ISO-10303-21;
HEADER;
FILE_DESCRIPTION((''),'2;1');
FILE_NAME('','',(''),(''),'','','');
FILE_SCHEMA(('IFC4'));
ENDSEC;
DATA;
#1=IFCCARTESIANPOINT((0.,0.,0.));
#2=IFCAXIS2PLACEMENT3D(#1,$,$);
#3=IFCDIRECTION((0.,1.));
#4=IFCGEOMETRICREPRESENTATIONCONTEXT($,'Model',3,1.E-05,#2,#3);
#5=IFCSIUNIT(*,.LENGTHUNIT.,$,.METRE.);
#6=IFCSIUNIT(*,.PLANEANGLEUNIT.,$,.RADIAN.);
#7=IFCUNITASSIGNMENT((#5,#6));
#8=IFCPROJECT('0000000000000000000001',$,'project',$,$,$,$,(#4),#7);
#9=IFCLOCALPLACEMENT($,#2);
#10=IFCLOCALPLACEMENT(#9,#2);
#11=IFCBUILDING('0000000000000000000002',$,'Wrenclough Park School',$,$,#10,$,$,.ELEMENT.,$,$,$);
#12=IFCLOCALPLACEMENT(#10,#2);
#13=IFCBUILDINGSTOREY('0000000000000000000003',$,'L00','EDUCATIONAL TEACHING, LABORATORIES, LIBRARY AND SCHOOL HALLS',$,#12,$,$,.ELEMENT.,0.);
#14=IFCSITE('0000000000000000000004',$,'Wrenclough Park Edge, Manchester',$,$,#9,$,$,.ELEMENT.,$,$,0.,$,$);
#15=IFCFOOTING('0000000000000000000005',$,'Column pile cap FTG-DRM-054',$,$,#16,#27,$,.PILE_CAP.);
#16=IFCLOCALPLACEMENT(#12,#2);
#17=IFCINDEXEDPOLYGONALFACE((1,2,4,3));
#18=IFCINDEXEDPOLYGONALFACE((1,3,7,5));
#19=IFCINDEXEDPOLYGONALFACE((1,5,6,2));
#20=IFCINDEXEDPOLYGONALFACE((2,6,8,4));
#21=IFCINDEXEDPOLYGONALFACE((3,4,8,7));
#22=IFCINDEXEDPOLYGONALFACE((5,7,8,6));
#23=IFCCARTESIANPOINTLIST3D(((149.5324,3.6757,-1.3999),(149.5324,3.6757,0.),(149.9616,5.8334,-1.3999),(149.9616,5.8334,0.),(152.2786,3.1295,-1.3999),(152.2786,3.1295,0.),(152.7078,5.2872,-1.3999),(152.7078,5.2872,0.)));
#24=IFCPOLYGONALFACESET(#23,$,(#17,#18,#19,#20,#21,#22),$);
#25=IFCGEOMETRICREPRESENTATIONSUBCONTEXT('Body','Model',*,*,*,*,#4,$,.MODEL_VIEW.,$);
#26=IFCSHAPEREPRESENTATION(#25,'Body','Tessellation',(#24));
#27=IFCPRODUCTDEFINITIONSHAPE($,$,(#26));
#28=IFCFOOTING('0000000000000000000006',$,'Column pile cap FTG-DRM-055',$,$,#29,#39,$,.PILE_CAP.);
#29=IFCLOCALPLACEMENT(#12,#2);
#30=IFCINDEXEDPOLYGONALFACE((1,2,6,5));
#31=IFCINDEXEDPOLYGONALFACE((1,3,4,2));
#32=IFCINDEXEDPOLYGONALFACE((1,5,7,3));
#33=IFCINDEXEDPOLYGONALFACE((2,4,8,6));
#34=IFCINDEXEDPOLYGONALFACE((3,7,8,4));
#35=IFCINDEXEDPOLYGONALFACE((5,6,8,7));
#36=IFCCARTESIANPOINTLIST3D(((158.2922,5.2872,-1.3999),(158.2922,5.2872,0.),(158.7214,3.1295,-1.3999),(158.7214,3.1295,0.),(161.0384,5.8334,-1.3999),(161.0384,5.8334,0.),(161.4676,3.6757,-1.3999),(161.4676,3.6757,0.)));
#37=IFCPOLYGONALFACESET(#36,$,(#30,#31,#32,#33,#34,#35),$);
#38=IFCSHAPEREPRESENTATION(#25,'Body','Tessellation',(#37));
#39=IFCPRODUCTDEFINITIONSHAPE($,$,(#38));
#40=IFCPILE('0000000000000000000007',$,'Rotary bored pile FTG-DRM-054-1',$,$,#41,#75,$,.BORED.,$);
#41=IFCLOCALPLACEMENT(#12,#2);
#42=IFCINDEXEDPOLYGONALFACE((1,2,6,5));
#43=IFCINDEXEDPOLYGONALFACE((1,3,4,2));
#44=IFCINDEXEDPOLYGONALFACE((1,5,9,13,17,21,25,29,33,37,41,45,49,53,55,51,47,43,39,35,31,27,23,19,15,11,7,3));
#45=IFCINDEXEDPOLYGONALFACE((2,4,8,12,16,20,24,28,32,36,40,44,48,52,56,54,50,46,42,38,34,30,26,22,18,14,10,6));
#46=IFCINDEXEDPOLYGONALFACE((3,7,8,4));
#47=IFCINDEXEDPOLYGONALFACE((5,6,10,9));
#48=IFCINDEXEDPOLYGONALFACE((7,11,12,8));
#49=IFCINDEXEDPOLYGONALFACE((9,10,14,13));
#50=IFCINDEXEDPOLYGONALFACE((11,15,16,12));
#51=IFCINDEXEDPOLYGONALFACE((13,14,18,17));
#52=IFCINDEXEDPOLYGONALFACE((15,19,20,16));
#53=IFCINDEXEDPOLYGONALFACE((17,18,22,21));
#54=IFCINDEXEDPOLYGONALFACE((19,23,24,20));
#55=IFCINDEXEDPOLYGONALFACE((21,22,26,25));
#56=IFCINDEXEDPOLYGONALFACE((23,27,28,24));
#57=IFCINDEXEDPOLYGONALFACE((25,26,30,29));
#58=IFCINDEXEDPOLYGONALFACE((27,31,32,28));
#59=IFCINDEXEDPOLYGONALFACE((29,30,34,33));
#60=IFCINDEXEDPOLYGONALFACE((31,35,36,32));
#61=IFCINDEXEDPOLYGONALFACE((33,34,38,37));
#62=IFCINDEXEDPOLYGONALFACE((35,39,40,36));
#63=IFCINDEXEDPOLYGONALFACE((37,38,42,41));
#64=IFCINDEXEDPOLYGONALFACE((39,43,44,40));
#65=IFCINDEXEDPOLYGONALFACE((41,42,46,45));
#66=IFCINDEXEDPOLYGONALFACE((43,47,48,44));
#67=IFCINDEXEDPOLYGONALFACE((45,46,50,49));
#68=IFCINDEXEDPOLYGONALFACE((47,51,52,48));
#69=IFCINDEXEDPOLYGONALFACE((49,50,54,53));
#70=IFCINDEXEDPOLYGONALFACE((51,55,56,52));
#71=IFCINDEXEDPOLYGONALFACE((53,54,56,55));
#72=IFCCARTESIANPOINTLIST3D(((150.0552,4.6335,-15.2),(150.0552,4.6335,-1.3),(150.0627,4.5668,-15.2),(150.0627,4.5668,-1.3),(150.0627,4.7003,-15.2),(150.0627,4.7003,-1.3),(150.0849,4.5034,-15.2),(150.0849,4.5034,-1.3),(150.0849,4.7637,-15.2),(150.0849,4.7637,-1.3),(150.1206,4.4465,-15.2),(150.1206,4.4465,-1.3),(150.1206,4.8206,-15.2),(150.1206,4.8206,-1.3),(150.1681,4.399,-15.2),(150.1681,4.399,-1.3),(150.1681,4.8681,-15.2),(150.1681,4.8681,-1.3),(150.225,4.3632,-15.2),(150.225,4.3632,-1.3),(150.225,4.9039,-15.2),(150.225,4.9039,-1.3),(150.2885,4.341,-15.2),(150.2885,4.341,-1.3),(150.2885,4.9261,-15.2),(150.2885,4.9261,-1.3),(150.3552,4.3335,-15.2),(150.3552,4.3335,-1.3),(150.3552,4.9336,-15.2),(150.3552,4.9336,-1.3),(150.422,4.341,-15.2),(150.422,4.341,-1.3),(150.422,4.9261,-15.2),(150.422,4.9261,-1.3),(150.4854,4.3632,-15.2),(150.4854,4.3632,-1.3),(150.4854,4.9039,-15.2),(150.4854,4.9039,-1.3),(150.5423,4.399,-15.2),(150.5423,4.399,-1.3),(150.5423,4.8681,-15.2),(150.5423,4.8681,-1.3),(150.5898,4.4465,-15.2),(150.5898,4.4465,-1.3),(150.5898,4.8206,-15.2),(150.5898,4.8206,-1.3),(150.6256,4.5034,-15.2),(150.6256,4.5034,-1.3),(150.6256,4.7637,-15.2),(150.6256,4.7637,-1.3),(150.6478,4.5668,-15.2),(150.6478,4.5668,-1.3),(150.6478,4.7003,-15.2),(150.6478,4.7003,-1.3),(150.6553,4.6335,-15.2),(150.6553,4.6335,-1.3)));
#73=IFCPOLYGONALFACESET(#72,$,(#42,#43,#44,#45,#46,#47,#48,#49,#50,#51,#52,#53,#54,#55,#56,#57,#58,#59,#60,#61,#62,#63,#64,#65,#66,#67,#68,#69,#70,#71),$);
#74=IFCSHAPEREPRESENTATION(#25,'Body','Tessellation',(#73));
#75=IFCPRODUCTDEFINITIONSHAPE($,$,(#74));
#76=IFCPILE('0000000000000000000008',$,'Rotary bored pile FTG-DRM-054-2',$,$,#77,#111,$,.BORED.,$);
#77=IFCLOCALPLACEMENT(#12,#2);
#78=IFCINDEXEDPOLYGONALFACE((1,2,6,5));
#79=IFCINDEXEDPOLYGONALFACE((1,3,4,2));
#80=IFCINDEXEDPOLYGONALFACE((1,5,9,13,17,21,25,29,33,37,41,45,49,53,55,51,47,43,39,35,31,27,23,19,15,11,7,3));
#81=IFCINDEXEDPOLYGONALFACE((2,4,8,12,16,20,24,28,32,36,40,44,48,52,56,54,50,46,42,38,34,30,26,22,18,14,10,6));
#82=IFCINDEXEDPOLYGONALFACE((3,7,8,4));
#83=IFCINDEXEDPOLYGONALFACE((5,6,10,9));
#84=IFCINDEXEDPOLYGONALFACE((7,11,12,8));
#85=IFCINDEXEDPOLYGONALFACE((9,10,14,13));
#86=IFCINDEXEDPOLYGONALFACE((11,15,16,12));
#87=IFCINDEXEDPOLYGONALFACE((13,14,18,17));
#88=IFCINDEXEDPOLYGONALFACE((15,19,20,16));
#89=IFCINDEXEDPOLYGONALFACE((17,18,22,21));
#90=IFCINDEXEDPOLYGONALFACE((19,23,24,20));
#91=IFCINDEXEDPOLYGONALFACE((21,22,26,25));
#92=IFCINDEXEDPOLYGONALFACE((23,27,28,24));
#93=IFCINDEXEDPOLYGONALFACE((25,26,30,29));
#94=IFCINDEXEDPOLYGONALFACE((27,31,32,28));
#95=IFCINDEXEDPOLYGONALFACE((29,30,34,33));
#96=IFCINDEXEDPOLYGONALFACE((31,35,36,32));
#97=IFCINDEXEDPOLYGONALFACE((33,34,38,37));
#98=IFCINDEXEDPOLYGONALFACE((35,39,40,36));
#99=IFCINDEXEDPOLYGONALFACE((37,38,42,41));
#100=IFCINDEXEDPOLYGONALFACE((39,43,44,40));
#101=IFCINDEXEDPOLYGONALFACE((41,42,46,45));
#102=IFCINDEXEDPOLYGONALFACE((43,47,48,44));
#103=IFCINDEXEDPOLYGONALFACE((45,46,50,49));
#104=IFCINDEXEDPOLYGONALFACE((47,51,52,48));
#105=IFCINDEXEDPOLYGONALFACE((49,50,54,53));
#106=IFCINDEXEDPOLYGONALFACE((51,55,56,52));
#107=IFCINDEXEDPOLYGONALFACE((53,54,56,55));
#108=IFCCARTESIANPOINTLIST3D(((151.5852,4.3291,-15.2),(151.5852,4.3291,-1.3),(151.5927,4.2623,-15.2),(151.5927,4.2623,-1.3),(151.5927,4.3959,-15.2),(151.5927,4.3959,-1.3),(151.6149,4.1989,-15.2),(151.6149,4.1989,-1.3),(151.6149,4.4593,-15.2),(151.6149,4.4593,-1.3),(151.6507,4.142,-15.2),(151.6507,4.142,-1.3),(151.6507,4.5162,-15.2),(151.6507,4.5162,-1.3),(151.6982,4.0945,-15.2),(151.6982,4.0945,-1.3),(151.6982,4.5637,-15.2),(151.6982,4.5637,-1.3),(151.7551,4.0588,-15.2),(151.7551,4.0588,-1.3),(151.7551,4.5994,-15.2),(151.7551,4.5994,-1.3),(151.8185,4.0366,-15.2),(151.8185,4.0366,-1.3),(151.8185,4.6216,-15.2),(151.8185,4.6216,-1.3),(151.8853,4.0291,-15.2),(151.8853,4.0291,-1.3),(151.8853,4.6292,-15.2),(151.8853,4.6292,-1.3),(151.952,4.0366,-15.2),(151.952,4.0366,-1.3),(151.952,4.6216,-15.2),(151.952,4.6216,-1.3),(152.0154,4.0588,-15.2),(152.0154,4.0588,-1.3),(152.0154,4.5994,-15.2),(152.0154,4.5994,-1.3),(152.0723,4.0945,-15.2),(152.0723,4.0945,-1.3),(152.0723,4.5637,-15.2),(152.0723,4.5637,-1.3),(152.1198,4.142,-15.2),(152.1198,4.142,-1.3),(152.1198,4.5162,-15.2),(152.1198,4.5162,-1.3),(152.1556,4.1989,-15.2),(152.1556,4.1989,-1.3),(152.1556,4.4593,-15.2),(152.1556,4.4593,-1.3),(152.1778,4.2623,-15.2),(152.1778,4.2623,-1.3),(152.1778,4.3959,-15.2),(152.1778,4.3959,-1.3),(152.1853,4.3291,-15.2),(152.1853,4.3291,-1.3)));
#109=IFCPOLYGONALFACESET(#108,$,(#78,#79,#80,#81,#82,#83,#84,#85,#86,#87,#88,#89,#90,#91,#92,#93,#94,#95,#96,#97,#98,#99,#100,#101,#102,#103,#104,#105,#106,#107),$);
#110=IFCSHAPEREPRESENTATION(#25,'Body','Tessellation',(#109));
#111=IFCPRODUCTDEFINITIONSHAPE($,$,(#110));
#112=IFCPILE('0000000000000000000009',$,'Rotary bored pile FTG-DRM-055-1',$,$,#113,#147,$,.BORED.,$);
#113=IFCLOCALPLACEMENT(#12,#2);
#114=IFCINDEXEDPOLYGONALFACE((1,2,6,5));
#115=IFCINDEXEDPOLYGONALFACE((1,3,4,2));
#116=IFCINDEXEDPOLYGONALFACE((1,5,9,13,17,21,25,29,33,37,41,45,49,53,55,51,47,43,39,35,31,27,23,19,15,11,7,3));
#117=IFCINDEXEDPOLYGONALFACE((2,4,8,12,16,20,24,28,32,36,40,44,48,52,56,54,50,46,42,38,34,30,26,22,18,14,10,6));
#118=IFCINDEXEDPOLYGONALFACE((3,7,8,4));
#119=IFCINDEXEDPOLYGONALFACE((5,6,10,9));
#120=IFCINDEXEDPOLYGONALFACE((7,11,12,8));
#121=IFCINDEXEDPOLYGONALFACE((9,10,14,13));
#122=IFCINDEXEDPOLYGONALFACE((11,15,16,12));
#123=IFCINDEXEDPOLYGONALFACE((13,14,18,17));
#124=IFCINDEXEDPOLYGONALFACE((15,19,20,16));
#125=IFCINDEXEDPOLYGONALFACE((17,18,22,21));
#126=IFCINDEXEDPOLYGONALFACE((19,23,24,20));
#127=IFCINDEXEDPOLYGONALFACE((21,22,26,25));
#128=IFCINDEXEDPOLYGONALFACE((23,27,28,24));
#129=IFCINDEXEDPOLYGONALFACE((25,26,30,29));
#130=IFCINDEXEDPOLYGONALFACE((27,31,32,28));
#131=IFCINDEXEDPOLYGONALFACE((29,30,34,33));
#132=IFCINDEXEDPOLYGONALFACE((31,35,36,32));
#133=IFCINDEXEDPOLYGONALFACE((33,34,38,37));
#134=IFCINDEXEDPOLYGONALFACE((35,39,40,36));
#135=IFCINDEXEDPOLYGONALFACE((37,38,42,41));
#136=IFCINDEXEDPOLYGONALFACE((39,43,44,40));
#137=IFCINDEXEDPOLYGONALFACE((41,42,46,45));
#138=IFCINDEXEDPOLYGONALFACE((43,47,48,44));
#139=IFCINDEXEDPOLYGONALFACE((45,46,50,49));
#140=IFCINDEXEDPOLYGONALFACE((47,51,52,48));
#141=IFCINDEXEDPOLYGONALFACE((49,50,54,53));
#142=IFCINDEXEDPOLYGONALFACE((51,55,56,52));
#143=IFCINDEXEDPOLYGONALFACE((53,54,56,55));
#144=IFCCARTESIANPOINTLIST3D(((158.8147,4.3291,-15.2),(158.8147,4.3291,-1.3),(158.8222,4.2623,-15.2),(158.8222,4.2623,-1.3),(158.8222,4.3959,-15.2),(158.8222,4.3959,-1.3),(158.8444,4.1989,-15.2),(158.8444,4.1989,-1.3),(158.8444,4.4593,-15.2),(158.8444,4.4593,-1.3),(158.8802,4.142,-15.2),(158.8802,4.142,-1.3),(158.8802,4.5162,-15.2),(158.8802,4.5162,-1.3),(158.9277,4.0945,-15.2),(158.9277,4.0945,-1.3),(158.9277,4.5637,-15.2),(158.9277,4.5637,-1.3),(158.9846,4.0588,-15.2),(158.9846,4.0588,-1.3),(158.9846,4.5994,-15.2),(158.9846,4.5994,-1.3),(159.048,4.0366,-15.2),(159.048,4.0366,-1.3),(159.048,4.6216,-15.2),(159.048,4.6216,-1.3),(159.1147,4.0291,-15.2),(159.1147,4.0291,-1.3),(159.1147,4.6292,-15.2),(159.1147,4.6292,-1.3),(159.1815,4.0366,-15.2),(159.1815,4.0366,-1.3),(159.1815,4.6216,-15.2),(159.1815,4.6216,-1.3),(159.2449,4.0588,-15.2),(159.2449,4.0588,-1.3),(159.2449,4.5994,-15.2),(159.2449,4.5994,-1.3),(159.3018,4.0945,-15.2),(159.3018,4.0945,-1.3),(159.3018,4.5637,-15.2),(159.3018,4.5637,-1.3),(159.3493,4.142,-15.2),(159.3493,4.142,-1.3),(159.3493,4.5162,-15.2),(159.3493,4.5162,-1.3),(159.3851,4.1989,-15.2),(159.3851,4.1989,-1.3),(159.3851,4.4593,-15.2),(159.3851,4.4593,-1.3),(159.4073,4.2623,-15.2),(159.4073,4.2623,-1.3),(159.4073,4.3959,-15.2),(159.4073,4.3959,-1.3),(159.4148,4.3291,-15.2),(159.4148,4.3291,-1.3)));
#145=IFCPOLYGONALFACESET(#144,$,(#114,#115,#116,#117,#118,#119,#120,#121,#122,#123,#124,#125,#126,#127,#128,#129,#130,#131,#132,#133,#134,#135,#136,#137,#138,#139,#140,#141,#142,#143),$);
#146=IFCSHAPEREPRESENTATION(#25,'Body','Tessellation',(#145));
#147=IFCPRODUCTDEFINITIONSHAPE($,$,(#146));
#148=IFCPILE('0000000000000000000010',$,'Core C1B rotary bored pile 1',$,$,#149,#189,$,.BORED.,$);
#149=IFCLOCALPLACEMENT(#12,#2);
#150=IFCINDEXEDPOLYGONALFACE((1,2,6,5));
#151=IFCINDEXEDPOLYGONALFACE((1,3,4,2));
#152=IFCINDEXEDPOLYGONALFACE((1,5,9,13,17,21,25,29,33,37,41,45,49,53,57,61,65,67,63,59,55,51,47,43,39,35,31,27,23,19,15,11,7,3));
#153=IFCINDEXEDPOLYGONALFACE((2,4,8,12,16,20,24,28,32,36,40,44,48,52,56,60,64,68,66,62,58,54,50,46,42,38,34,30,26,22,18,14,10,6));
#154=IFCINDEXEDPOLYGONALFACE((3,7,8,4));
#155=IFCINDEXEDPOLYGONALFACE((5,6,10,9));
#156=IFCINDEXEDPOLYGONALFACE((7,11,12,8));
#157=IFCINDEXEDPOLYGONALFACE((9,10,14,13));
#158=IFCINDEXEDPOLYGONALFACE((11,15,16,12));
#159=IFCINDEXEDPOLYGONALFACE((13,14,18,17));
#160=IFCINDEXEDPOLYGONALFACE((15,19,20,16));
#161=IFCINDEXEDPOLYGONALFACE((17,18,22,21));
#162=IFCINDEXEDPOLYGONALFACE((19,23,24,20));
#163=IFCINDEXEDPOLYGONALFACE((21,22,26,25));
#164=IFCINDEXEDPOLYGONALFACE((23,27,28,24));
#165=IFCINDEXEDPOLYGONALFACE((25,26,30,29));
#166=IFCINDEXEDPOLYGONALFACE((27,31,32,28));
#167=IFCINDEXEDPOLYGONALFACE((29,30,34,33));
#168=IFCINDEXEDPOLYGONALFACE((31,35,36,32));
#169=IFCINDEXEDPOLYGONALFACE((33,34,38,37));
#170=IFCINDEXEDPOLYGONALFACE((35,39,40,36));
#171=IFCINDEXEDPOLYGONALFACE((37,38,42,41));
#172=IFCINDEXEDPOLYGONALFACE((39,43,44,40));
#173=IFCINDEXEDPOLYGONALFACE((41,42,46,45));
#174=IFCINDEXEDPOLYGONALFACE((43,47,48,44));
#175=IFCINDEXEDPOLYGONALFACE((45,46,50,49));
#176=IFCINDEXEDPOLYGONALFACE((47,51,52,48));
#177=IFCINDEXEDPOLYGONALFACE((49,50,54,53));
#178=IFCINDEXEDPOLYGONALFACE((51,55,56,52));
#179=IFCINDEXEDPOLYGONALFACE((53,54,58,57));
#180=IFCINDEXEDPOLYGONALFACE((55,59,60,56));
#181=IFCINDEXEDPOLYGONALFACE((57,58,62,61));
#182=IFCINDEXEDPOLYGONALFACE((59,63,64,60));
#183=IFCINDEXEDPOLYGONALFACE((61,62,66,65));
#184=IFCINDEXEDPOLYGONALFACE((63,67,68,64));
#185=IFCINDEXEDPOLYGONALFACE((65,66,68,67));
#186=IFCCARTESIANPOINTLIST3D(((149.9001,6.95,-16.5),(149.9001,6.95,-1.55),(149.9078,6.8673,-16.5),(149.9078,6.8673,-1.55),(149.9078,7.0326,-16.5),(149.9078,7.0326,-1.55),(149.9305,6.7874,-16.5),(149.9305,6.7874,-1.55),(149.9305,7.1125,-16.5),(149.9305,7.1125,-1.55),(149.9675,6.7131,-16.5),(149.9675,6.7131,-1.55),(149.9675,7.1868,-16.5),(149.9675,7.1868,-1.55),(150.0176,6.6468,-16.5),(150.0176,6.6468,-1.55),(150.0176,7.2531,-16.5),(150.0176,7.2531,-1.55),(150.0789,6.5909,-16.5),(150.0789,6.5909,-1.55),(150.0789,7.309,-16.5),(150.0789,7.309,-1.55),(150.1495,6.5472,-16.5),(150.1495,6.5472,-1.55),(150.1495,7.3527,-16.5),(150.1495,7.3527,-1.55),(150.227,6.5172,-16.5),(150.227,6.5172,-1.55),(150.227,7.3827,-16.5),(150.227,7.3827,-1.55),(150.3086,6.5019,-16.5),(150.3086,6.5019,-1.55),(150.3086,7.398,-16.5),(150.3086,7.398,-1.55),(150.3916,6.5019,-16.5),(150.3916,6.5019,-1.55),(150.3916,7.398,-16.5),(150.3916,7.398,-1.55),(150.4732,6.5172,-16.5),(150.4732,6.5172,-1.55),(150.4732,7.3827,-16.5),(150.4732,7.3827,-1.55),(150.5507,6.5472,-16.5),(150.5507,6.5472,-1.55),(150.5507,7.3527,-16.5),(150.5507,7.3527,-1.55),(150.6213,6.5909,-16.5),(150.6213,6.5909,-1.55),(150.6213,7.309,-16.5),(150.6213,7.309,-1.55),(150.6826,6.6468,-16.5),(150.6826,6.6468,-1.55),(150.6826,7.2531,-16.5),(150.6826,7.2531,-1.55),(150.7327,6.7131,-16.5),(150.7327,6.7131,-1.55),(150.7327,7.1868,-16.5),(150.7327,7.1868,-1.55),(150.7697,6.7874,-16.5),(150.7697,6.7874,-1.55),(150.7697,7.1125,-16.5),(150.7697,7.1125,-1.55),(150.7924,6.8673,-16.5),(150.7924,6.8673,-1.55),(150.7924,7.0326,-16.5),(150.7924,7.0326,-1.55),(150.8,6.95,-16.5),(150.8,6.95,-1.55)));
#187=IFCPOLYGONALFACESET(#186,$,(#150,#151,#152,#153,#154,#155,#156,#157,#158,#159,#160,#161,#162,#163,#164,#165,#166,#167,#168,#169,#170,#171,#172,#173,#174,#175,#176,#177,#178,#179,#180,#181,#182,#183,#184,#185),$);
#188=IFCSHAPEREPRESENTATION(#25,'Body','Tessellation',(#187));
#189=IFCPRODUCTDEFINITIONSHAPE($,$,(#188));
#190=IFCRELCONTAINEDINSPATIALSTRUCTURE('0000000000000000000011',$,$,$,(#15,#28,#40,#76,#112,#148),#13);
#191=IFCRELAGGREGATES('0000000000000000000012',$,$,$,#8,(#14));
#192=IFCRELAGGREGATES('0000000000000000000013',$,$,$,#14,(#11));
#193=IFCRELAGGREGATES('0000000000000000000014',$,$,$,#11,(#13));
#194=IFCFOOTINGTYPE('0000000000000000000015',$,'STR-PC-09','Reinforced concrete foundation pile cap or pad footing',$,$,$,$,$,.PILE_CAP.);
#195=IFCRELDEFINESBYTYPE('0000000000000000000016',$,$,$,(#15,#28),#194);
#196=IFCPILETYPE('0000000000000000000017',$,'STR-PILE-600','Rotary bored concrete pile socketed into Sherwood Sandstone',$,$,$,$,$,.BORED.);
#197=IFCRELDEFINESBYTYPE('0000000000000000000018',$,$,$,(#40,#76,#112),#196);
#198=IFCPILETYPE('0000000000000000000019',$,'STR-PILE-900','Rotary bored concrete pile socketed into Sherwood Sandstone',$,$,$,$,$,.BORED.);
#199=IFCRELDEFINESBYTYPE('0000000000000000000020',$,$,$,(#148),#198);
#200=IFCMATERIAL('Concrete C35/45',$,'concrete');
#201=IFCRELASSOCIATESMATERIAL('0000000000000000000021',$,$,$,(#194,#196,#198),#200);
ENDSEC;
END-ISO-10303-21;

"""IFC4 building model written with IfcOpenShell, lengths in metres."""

from ifc_helpers import new_model, si_unit, direction, frame, origin, origin_2d, place, context, subcontext, project, spatial, rectangle, circle, extrude, material, material_profile, profile_set, type_object, element, save


model = new_model("IFC4")

# Units and contexts
model_context = context("Model", 3, precision=1e-05, world=origin(), true_north=direction((0.0, 1.0)))
body_context = subcontext(model_context, "Body", "Model", "MODEL_VIEW")
ifc_project = project(units=[si_unit("LENGTHUNIT", "METRE"), si_unit("PLANEANGLEUNIT", "RADIAN")], contexts=[model_context])

# Site, building, storey
site_placement = place(None, origin())
site = spatial("IfcSite", under=ifc_project, at=site_placement, Name="Wrenclough Park Edge, Manchester", CompositionType="ELEMENT", RefElevation=0.0)
building_placement = place(site_placement, origin())
building = spatial("IfcBuilding", under=site, at=building_placement, Name="Wrenclough Park School", CompositionType="ELEMENT")
storey_placement = place(building_placement, origin())
storey = spatial("IfcBuildingStorey", under=building, at=storey_placement, Name="L00", Description="EDUCATIONAL TEACHING, LABORATORIES, LIBRARY AND SCHOOL HALLS", CompositionType="ELEMENT", Elevation=0.0)

# Footings
ifc_material_1 = material(Name="Concrete C35/45", Category="concrete")
footing_type = type_object("IfcFootingType", Name="STR-PC-09", Description="Reinforced concrete foundation pile cap or pad footing", PredefinedType="PILE_CAP", material=ifc_material_1)
for number, where, z_axis, x_axis, name in (
    (1, (151.1201, 4.4814, -1.3999), (0.0, 0.0, 1.0), (0.980785, -0.19509, 0.0), "Column pile cap FTG-DRM-054"),
    (2, (159.8799, 4.4814, -1.3999), (0.0, 0.0, 1.0), (0.980785, 0.19509, 0.0), "Column pile cap FTG-DRM-055"),
):
    element("IfcFooting", number, at=place(storey_placement, frame(where, z_axis=z_axis, x_axis=x_axis)), inside=storey, type_object=footing_type, Name=name, PredefinedType="PILE_CAP", context=body_context, shape_type="SweptSolid", body=[
        extrude(rectangle(XDim=2.8, YDim=2.2, at=origin_2d()), origin(), (0.0, 0.0, 1.0), 1.3999),
    ])

# Piles
ifc_material_profile_1 = material_profile(ifc_material_1, circle(Radius=0.3, at=origin_2d()), Name="BORED PILE D600")
ifc_profile_set_1 = profile_set([ifc_material_profile_1], Name="Concrete C35/45")
pile_type_1 = type_object("IfcPileType", Name="STR-PILE-600", Description="Rotary bored concrete pile socketed into Sherwood Sandstone", PredefinedType="BORED", material=ifc_profile_set_1)
for number, where, z_axis, x_axis, name in (
    (3, (150.3552, 4.6335, -1.3), (0.0, 0.0, -1.0), (1.0, 0.0, 0.0), "Rotary bored pile FTG-DRM-054-1"),
    (4, (151.8853, 4.3291, -1.3), (0.0, 0.0, -1.0), (1.0, 0.0, 0.0), "Rotary bored pile FTG-DRM-054-2"),
    (5, (159.1147, 4.3291, -1.3), (0.0, 0.0, -1.0), (1.0, 0.0, 0.0), "Rotary bored pile FTG-DRM-055-1"),
):
    element("IfcPile", number, at=place(storey_placement, frame(where, z_axis=z_axis, x_axis=x_axis)), inside=storey, type_object=pile_type_1, Name=name, PredefinedType="BORED", context=body_context, shape_type="SweptSolid", body=[
        extrude(circle(Radius=0.3, at=origin_2d()), origin(), (0.0, 0.0, 1.0), 13.8999),
    ])
ifc_material_profile_2 = material_profile(ifc_material_1, circle(Radius=0.45, at=origin_2d()), Name="BORED PILE D900")
ifc_profile_set_2 = profile_set([ifc_material_profile_2], Name="Concrete C35/45")
pile_type_2 = type_object("IfcPileType", Name="STR-PILE-900", Description="Rotary bored concrete pile socketed into Sherwood Sandstone", PredefinedType="BORED", material=ifc_profile_set_2)
for number, where, z_axis, x_axis, name in (
    (6, (150.3501, 6.95, -1.55), (0.0, 0.0, -1.0), (1.0, 0.0, 0.0), "Core C1B rotary bored pile 1"),
):
    element("IfcPile", number, at=place(storey_placement, frame(where, z_axis=z_axis, x_axis=x_axis)), inside=storey, type_object=pile_type_2, Name=name, PredefinedType="BORED", context=body_context, shape_type="SweptSolid", body=[
        extrude(circle(Radius=0.45, at=origin_2d()), origin(), (0.0, 0.0, 1.0), 14.95),
    ])

save(model, "model.ifc")
